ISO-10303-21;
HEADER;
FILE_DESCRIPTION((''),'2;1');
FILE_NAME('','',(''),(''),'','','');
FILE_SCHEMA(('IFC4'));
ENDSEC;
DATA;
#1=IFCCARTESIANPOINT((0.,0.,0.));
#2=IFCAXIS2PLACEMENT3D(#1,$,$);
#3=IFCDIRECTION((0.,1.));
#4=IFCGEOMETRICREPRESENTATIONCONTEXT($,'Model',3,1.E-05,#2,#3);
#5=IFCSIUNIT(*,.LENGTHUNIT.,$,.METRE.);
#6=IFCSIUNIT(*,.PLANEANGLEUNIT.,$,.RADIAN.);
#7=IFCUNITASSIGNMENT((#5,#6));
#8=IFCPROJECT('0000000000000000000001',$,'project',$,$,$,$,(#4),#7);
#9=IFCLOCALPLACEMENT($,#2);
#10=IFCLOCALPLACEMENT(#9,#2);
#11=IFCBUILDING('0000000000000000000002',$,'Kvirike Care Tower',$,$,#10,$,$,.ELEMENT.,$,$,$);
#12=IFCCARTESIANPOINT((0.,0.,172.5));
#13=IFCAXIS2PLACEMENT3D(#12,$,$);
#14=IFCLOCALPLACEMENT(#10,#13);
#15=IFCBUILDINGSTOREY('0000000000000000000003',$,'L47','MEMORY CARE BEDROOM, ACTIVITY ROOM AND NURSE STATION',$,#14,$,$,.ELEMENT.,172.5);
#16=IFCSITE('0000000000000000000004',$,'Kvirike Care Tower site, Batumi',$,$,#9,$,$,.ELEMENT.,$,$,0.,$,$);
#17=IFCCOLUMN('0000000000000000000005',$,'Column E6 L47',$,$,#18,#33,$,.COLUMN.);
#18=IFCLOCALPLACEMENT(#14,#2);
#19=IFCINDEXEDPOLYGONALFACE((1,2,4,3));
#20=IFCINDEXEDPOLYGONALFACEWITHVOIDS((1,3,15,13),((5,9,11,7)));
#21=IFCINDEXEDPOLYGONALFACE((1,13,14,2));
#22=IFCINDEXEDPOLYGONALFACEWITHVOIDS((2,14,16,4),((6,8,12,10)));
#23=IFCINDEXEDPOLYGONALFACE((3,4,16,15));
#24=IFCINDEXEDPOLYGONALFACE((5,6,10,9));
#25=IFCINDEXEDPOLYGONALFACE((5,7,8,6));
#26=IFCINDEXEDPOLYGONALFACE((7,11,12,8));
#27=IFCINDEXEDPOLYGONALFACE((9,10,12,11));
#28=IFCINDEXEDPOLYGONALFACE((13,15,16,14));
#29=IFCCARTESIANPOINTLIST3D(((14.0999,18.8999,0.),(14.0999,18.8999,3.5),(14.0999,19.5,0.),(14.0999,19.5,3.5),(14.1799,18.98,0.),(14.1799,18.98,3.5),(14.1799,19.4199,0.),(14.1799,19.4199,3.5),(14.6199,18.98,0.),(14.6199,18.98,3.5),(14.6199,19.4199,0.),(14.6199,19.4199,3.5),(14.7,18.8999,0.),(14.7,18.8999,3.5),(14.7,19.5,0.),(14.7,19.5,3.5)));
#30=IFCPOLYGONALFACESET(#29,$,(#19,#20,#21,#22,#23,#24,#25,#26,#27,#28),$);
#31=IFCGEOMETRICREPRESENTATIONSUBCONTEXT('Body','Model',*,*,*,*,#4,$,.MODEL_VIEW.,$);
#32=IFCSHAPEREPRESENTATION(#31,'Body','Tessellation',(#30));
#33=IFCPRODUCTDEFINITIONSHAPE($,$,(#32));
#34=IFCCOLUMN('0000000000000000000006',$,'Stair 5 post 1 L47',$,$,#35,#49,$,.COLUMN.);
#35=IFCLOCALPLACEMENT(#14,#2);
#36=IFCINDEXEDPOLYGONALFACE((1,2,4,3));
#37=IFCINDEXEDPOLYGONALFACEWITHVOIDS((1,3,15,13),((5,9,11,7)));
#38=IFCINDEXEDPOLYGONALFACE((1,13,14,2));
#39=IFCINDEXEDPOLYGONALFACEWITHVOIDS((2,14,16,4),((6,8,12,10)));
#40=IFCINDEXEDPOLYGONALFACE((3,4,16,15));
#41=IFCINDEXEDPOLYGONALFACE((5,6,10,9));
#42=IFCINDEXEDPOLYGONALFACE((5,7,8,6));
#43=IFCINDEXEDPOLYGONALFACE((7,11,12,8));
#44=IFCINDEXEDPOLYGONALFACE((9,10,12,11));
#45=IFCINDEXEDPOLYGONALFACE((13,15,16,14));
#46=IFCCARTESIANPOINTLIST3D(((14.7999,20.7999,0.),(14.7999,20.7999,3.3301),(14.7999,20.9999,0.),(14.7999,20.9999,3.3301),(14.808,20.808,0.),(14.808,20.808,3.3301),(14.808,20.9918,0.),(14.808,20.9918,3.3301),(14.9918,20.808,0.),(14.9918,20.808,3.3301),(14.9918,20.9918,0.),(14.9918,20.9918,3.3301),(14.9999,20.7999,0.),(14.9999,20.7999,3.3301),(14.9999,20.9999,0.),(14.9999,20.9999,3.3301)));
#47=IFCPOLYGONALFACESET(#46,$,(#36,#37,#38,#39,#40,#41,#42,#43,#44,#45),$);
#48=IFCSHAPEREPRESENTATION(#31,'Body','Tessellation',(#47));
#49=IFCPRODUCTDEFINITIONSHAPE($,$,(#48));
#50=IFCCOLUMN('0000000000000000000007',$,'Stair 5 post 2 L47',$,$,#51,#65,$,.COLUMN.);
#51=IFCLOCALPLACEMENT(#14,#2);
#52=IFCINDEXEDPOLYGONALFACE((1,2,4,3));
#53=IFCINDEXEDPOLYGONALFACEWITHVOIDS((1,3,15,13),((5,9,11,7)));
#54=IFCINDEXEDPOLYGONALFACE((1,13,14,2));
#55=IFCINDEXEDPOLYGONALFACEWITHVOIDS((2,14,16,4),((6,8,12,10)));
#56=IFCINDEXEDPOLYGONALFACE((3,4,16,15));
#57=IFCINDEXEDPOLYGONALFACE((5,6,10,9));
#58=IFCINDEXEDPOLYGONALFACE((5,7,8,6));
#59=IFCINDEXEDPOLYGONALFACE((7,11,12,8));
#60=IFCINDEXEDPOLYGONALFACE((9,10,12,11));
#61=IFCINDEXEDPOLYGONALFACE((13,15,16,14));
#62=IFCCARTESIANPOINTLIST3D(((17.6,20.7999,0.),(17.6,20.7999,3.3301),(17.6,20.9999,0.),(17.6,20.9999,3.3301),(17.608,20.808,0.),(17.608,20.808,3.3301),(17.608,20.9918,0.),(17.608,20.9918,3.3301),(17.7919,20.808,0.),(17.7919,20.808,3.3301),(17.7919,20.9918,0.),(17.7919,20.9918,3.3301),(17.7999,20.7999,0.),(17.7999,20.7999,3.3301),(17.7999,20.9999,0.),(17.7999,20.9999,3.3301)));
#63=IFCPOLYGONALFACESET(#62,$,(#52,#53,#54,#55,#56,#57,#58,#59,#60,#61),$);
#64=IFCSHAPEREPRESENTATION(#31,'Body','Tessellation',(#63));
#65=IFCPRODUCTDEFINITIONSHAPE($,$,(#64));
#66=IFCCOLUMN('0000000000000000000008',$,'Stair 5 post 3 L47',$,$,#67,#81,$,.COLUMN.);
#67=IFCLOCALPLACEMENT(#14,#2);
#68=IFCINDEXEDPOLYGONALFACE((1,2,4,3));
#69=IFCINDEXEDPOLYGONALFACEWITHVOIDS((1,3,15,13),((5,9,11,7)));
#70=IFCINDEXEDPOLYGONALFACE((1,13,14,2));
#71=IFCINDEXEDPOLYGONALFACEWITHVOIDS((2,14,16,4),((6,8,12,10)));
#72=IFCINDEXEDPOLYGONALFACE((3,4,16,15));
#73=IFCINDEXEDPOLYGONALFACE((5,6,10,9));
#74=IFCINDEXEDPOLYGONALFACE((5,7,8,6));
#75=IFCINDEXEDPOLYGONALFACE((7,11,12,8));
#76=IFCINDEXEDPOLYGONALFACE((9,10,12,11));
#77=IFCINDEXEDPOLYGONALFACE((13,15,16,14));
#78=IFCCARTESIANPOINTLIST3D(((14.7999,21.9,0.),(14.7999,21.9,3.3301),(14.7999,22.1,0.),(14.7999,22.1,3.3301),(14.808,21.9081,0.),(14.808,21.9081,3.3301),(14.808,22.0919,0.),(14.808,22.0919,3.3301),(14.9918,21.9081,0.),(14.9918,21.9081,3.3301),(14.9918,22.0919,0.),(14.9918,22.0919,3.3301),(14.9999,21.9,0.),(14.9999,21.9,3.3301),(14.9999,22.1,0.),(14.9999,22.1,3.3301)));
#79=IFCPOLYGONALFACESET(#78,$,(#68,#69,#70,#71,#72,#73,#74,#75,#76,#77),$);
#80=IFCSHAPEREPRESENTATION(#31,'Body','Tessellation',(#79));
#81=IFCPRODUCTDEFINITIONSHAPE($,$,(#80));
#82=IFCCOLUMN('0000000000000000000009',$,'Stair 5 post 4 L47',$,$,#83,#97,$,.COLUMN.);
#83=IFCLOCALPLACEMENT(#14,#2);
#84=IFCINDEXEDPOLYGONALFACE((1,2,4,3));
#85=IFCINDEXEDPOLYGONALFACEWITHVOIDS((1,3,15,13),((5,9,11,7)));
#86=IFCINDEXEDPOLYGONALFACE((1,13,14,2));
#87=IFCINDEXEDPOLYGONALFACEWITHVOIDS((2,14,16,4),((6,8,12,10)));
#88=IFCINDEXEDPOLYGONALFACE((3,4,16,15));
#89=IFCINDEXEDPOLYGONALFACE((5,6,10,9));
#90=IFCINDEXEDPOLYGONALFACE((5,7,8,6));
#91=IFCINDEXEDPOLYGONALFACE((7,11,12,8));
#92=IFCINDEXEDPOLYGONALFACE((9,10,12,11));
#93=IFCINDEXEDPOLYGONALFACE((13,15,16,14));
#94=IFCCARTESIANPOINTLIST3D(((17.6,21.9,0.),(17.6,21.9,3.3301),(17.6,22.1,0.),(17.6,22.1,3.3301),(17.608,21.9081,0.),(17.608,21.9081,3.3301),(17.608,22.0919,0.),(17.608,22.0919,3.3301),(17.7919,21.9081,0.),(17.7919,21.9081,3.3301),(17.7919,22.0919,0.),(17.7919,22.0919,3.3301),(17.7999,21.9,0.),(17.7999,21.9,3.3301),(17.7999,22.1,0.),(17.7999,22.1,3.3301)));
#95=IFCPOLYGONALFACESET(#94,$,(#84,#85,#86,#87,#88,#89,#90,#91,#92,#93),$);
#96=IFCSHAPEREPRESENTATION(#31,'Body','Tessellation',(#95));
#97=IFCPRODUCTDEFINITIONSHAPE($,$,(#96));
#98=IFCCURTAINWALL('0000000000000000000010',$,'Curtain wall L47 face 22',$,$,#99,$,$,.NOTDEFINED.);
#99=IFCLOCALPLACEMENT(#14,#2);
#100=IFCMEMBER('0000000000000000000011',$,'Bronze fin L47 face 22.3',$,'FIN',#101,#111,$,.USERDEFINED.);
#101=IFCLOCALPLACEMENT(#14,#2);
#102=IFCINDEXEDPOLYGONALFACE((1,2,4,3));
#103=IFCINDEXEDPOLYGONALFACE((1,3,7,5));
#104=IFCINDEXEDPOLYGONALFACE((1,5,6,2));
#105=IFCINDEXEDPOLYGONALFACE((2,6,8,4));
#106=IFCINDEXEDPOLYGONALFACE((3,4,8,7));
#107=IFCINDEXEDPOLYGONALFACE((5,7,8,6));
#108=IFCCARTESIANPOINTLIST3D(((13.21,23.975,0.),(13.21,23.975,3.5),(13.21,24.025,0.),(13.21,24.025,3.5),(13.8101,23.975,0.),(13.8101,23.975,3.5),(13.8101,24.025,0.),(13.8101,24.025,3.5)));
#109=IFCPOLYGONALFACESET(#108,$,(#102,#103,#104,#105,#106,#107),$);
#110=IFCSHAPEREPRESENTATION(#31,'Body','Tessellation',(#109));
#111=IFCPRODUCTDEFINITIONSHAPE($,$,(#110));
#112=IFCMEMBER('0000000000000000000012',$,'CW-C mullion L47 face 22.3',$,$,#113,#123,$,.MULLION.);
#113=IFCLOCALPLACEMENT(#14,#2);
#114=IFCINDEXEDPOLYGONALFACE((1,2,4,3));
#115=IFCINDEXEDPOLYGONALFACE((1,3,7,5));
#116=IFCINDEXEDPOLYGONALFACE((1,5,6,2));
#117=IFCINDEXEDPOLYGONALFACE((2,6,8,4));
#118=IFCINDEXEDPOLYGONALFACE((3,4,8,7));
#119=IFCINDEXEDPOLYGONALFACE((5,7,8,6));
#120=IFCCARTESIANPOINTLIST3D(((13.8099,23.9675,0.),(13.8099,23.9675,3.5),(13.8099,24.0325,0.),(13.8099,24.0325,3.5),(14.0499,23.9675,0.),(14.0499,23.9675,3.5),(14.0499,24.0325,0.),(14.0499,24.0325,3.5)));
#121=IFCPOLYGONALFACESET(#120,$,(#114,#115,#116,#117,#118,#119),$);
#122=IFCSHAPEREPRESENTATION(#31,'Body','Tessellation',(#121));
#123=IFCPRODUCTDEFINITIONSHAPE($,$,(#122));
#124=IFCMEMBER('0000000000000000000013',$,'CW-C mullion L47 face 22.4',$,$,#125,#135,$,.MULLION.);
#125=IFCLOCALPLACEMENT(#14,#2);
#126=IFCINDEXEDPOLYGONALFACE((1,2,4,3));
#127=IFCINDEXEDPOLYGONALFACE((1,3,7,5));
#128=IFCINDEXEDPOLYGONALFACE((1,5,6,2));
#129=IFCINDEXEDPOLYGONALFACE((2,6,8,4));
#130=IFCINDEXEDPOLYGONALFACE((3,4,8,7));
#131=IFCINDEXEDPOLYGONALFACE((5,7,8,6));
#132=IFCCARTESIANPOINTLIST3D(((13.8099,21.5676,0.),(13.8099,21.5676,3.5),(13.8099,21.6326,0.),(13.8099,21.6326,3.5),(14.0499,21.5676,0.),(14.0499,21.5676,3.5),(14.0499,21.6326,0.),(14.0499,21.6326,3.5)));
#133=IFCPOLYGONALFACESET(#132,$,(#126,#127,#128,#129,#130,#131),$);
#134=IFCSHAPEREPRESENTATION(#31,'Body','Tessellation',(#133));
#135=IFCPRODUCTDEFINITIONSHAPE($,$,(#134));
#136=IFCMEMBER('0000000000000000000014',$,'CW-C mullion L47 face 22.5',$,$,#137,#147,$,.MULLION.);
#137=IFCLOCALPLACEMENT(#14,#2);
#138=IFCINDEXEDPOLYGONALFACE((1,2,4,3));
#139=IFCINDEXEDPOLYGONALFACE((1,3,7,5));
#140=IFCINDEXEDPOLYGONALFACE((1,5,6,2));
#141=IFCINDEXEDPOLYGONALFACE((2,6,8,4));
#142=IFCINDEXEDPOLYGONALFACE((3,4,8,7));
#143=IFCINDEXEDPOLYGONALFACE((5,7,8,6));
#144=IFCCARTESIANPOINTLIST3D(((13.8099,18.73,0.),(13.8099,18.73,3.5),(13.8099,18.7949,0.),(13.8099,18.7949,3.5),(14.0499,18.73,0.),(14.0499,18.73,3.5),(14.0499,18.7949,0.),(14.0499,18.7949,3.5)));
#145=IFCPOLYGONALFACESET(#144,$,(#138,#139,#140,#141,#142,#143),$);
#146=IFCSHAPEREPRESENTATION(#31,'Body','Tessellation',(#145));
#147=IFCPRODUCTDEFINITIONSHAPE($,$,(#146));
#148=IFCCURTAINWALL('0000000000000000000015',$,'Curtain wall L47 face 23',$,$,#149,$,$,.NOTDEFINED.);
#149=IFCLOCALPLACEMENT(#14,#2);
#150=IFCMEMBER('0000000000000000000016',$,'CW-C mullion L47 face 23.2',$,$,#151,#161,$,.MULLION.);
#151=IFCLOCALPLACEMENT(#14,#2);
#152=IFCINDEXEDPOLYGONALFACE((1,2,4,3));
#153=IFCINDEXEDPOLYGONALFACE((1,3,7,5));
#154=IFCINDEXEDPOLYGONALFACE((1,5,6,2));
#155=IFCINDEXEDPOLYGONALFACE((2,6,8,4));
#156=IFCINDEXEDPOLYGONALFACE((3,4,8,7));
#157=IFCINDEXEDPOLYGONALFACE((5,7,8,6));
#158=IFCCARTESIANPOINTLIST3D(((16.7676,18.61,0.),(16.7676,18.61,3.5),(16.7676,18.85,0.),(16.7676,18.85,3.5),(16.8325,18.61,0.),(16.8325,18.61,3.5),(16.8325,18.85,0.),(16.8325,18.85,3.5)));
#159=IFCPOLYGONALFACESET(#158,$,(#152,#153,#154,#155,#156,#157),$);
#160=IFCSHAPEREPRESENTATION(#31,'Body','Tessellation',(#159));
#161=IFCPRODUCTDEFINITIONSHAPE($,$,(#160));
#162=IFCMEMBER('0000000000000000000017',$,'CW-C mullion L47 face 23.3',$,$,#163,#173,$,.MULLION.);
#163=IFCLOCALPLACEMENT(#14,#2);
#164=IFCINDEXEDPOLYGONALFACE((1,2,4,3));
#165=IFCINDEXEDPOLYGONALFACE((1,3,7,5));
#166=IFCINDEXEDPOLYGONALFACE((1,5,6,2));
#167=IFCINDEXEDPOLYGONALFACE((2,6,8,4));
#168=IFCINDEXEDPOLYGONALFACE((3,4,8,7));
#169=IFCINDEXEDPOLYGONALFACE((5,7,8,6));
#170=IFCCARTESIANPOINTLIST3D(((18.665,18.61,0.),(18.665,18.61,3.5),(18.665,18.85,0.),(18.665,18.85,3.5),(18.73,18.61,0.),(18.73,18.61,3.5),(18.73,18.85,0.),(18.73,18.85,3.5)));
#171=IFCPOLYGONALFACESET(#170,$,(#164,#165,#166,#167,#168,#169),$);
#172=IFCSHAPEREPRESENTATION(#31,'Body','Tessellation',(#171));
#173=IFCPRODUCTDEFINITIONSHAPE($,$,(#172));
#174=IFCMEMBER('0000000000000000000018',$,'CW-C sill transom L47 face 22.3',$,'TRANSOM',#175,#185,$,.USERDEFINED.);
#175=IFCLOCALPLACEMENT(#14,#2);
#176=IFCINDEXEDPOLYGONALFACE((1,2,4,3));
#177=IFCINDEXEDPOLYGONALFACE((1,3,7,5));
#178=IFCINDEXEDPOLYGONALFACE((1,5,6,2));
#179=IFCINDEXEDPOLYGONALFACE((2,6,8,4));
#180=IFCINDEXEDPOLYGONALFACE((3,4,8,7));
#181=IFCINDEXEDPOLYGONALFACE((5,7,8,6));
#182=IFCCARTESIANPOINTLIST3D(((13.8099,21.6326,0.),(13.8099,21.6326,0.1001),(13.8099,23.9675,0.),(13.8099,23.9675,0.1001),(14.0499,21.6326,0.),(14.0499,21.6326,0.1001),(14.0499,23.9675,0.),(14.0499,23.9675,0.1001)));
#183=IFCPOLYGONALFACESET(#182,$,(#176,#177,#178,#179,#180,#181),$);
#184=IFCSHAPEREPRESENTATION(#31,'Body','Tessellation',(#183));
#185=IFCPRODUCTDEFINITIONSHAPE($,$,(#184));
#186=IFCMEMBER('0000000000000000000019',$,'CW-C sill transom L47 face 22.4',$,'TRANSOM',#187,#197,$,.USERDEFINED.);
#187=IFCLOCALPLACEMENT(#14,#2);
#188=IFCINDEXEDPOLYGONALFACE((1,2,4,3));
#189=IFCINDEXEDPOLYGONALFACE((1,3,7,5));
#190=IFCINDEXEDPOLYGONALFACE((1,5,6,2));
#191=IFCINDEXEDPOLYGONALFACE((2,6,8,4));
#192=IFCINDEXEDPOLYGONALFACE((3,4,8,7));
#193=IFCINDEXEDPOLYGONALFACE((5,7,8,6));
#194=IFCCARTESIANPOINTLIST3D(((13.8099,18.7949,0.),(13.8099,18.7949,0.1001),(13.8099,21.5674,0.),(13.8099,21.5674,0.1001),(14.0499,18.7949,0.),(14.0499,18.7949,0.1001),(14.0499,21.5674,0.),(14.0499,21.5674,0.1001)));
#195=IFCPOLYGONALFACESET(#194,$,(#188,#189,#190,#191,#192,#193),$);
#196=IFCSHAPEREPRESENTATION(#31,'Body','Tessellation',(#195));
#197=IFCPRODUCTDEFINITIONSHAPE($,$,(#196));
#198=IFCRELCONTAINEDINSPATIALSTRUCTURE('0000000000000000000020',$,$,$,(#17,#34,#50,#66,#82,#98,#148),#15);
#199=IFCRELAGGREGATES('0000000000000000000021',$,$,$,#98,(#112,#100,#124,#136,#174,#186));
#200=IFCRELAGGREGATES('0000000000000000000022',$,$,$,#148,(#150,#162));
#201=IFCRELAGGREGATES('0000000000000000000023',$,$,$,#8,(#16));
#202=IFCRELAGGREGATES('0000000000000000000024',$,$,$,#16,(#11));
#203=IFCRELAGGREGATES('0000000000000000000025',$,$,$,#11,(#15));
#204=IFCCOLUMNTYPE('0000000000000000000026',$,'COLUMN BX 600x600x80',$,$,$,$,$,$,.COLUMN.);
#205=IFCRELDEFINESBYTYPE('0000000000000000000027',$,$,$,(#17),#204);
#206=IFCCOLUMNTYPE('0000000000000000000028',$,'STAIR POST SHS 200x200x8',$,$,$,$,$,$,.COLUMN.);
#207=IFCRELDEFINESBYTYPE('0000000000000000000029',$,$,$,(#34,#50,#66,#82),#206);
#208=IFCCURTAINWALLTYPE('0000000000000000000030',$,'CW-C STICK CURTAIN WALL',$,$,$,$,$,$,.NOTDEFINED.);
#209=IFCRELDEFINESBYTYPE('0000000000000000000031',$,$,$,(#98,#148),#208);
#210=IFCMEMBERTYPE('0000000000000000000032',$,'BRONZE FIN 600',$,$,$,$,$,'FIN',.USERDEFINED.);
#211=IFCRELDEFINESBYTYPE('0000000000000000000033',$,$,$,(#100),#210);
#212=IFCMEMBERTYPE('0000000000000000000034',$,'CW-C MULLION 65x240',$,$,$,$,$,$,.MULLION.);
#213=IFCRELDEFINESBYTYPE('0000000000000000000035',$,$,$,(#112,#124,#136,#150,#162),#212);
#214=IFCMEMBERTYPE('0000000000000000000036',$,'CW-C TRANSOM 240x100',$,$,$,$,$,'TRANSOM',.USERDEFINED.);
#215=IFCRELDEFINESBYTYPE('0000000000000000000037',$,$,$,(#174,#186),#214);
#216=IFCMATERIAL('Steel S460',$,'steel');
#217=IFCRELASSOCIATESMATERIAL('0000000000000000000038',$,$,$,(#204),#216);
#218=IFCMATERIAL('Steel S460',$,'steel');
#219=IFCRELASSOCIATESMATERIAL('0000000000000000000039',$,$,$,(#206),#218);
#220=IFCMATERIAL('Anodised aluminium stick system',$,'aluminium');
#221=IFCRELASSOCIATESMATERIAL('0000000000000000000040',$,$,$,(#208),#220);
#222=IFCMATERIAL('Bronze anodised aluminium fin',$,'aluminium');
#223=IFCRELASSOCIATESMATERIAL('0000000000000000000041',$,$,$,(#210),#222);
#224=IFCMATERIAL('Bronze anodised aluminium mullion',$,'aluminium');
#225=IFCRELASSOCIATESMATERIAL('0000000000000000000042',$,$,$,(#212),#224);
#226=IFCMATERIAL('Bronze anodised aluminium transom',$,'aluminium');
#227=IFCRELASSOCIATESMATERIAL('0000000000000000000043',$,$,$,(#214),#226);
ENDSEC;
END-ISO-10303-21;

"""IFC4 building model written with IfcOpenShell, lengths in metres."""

from ifc_helpers import new_model, si_unit, direction, frame, origin, origin_2d, place, context, subcontext, project, spatial, rectangle, hollow_rectangle, extrude, material, material_profile, profile_set, type_object, element, aggregate, save


model = new_model("IFC4")

# Units and contexts
model_context = context("Model", 3, precision=1e-05, world=origin(), true_north=direction((0.0, 1.0)))
body_context = subcontext(model_context, "Body", "Model", "MODEL_VIEW")
ifc_project = project(units=[si_unit("LENGTHUNIT", "METRE"), si_unit("PLANEANGLEUNIT", "RADIAN")], contexts=[model_context])

# Site, building, storey
site_placement = place(None, origin())
site = spatial("IfcSite", under=ifc_project, at=site_placement, Name="Kvirike Care Tower site, Batumi", CompositionType="ELEMENT", RefElevation=0.0)
building_placement = place(site_placement, origin())
building = spatial("IfcBuilding", under=site, at=building_placement, Name="Kvirike Care Tower", CompositionType="ELEMENT")
storey_placement = place(building_placement, frame((0.0, 0.0, 172.5)))
storey = spatial("IfcBuildingStorey", under=building, at=storey_placement, Name="L47", Description="MEMORY CARE BEDROOM, ACTIVITY ROOM AND NURSE STATION", CompositionType="ELEMENT", Elevation=172.5)

# Columns
ifc_material_1 = material(Name="Steel S460", Category="steel")
ifc_material_profile_1 = material_profile(ifc_material_1, hollow_rectangle(XDim=0.6001, YDim=0.6001, WallThickness=0.0801, at=origin_2d()), Name="BX 600x600x80")
ifc_profile_set_1 = profile_set([ifc_material_profile_1], Name="Steel S460")
column_type_1 = type_object("IfcColumnType", Name="COLUMN BX 600x600x80", PredefinedType="COLUMN", material=ifc_profile_set_1)
column_placement = place(storey_placement, frame((14.3999, 19.2, 0.0), z_axis=(0.0, 0.0, 1.0), x_axis=(0.0, 1.0, 0.0)))
element("IfcColumn", 1, at=column_placement, inside=storey, type_object=column_type_1, Name="Column E6 L47", PredefinedType="COLUMN", context=body_context, shape_type="SweptSolid", body=[
    extrude(hollow_rectangle(XDim=0.6001, YDim=0.6001, WallThickness=0.0801, at=origin_2d()), origin(), (0.0, 0.0, 1.0), 3.5),
])
ifc_material_2 = material(Name="Steel S460", Category="steel")
ifc_material_profile_2 = material_profile(ifc_material_2, hollow_rectangle(XDim=0.2, YDim=0.2, WallThickness=0.0081, at=origin_2d()), Name="SHS 200x200x8")
ifc_profile_set_2 = profile_set([ifc_material_profile_2], Name="Steel S460")
column_type_2 = type_object("IfcColumnType", Name="STAIR POST SHS 200x200x8", PredefinedType="COLUMN", material=ifc_profile_set_2)
for number, where, z_axis, x_axis, name in (
    (2, (14.8999, 20.8999, 0.0), (0.0, 0.0, 1.0), (1.0, 0.0, 0.0), "Stair 5 post 1 L47"),
    (3, (17.7, 20.8999, 0.0), (0.0, 0.0, 1.0), (1.0, 0.0, 0.0), "Stair 5 post 2 L47"),
    (4, (14.8999, 22.0, 0.0), (0.0, 0.0, 1.0), (1.0, 0.0, 0.0), "Stair 5 post 3 L47"),
    (5, (17.7, 22.0, 0.0), (0.0, 0.0, 1.0), (1.0, 0.0, 0.0), "Stair 5 post 4 L47"),
):
    element("IfcColumn", number, at=place(storey_placement, frame(where, z_axis=z_axis, x_axis=x_axis)), inside=storey, type_object=column_type_2, Name=name, PredefinedType="COLUMN", context=body_context, shape_type="SweptSolid", body=[
        extrude(hollow_rectangle(XDim=0.2, YDim=0.2, WallThickness=0.0081, at=origin_2d()), origin(), (0.0, 0.0, 1.0), 3.3301),
    ])

# Curtain walls, members
ifc_material_3 = material(Name="Anodised aluminium stick system", Category="aluminium")
curtain_wall_type = type_object("IfcCurtainWallType", Name="CW-C STICK CURTAIN WALL", PredefinedType="NOTDEFINED", material=ifc_material_3)
curtain_wall_1_placement = place(storey_placement, origin())
curtain_wall_1 = element("IfcCurtainWall", 6, at=curtain_wall_1_placement, inside=storey, type_object=curtain_wall_type, Name="Curtain wall L47 face 22", PredefinedType="NOTDEFINED")
ifc_material_4 = material(Name="Bronze anodised aluminium fin", Category="aluminium")
ifc_material_profile_3 = material_profile(ifc_material_4, rectangle(XDim=0.05, YDim=0.6001, at=origin_2d()), Name="BRONZE FIN 600")
ifc_profile_set_3 = profile_set([ifc_material_profile_3], Name="Bronze anodised aluminium fin")
member_type_1 = type_object("IfcMemberType", Name="BRONZE FIN 600", ElementType="FIN", PredefinedType="USERDEFINED", material=ifc_profile_set_3)
member_1_placement = place(storey_placement, frame((13.51, 24.0, 0.0), z_axis=(0.0, 0.0, 1.0), x_axis=(0.0, -1.0, 0.0)))
member_1 = element("IfcMember", 7, at=member_1_placement, type_object=member_type_1, Name="Bronze fin L47 face 22.3", ObjectType="FIN", PredefinedType="USERDEFINED", context=body_context, shape_type="SweptSolid", body=[
    extrude(rectangle(XDim=0.05, YDim=0.6001, at=origin_2d()), origin(), (0.0, 0.0, 1.0), 3.5),
])
ifc_material_5 = material(Name="Bronze anodised aluminium mullion", Category="aluminium")
ifc_material_profile_4 = material_profile(ifc_material_5, rectangle(XDim=0.0649, YDim=0.24, at=origin_2d()), Name="CW-C MULLION 65x240")
ifc_profile_set_4 = profile_set([ifc_material_profile_4], Name="Bronze anodised aluminium mullion")
member_type_2 = type_object("IfcMemberType", Name="CW-C MULLION 65x240", PredefinedType="MULLION", material=ifc_profile_set_4)
member_2_placement = place(storey_placement, frame((13.9299, 24.0, 0.0), z_axis=(0.0, 0.0, 1.0), x_axis=(0.0, -1.0, 0.0)))
member_2 = element("IfcMember", 8, at=member_2_placement, type_object=member_type_2, Name="CW-C mullion L47 face 22.3", PredefinedType="MULLION", context=body_context, shape_type="SweptSolid", body=[
    extrude(rectangle(XDim=0.0649, YDim=0.24, at=origin_2d()), origin(), (0.0, 0.0, 1.0), 3.5),
])
member_3_placement = place(storey_placement, frame((13.9299, 21.6001, 0.0), z_axis=(0.0, 0.0, 1.0), x_axis=(0.0, -1.0, 0.0)))
member_3 = element("IfcMember", 9, at=member_3_placement, type_object=member_type_2, Name="CW-C mullion L47 face 22.4", PredefinedType="MULLION", context=body_context, shape_type="SweptSolid", body=[
    extrude(rectangle(XDim=0.0649, YDim=0.24, at=origin_2d()), origin(), (0.0, 0.0, 1.0), 3.5),
])
member_4_placement = place(storey_placement, frame((13.9299, 18.7625, 0.0), z_axis=(0.0, 0.0, 1.0), x_axis=(0.0, -1.0, 0.0)))
member_4 = element("IfcMember", 10, at=member_4_placement, type_object=member_type_2, Name="CW-C mullion L47 face 22.5", PredefinedType="MULLION", context=body_context, shape_type="SweptSolid", body=[
    extrude(rectangle(XDim=0.0649, YDim=0.24, at=origin_2d()), origin(), (0.0, 0.0, 1.0), 3.5),
])
curtain_wall_2_placement = place(storey_placement, origin())
curtain_wall_2 = element("IfcCurtainWall", 11, at=curtain_wall_2_placement, inside=storey, type_object=curtain_wall_type, Name="Curtain wall L47 face 23", PredefinedType="NOTDEFINED")
member_5_placement = place(storey_placement, frame((16.8, 18.73, 0.0), z_axis=(0.0, 0.0, 1.0), x_axis=(1.0, 0.0, 0.0)))
member_5 = element("IfcMember", 12, at=member_5_placement, type_object=member_type_2, Name="CW-C mullion L47 face 23.2", PredefinedType="MULLION", context=body_context, shape_type="SweptSolid", body=[
    extrude(rectangle(XDim=0.0649, YDim=0.24, at=origin_2d()), origin(), (0.0, 0.0, 1.0), 3.5),
])
member_6_placement = place(storey_placement, frame((18.6975, 18.73, 0.0), z_axis=(0.0, 0.0, 1.0), x_axis=(1.0, 0.0, 0.0)))
member_6 = element("IfcMember", 13, at=member_6_placement, type_object=member_type_2, Name="CW-C mullion L47 face 23.3", PredefinedType="MULLION", context=body_context, shape_type="SweptSolid", body=[
    extrude(rectangle(XDim=0.0649, YDim=0.24, at=origin_2d()), origin(), (0.0, 0.0, 1.0), 3.5),
])

# Members
ifc_material_6 = material(Name="Bronze anodised aluminium transom", Category="aluminium")
ifc_material_profile_5 = material_profile(ifc_material_6, rectangle(XDim=0.24, YDim=0.1001, at=origin_2d()), Name="CW-C TRANSOM 240x100")
ifc_profile_set_5 = profile_set([ifc_material_profile_5], Name="Bronze anodised aluminium transom")
member_type_3 = type_object("IfcMemberType", Name="CW-C TRANSOM 240x100", ElementType="TRANSOM", PredefinedType="USERDEFINED", material=ifc_profile_set_5)
member_7_placement = place(storey_placement, frame((13.9299, 23.9675, 0.05), z_axis=(0.0, -1.0, 0.0), x_axis=(1.0, 0.0, 0.0)))
member_7 = element("IfcMember", 14, at=member_7_placement, type_object=member_type_3, Name="CW-C sill transom L47 face 22.3", ObjectType="TRANSOM", PredefinedType="USERDEFINED", context=body_context, shape_type="SweptSolid", body=[
    extrude(rectangle(XDim=0.24, YDim=0.1001, at=origin_2d()), origin(), (0.0, 0.0, 1.0), 2.335),
])
member_8_placement = place(storey_placement, frame((13.9299, 21.5674, 0.05), z_axis=(0.0, -1.0, 0.0), x_axis=(1.0, 0.0, 0.0)))
member_8 = element("IfcMember", 15, at=member_8_placement, type_object=member_type_3, Name="CW-C sill transom L47 face 22.4", ObjectType="TRANSOM", PredefinedType="USERDEFINED", context=body_context, shape_type="SweptSolid", body=[
    extrude(rectangle(XDim=0.24, YDim=0.1001, at=origin_2d()), origin(), (0.0, 0.0, 1.0), 2.7725),
])

aggregate(curtain_wall_1, [member_2, member_1, member_3, member_4, member_7, member_8])
aggregate(curtain_wall_2, [member_5, member_6])

save(model, "model.ifc")
